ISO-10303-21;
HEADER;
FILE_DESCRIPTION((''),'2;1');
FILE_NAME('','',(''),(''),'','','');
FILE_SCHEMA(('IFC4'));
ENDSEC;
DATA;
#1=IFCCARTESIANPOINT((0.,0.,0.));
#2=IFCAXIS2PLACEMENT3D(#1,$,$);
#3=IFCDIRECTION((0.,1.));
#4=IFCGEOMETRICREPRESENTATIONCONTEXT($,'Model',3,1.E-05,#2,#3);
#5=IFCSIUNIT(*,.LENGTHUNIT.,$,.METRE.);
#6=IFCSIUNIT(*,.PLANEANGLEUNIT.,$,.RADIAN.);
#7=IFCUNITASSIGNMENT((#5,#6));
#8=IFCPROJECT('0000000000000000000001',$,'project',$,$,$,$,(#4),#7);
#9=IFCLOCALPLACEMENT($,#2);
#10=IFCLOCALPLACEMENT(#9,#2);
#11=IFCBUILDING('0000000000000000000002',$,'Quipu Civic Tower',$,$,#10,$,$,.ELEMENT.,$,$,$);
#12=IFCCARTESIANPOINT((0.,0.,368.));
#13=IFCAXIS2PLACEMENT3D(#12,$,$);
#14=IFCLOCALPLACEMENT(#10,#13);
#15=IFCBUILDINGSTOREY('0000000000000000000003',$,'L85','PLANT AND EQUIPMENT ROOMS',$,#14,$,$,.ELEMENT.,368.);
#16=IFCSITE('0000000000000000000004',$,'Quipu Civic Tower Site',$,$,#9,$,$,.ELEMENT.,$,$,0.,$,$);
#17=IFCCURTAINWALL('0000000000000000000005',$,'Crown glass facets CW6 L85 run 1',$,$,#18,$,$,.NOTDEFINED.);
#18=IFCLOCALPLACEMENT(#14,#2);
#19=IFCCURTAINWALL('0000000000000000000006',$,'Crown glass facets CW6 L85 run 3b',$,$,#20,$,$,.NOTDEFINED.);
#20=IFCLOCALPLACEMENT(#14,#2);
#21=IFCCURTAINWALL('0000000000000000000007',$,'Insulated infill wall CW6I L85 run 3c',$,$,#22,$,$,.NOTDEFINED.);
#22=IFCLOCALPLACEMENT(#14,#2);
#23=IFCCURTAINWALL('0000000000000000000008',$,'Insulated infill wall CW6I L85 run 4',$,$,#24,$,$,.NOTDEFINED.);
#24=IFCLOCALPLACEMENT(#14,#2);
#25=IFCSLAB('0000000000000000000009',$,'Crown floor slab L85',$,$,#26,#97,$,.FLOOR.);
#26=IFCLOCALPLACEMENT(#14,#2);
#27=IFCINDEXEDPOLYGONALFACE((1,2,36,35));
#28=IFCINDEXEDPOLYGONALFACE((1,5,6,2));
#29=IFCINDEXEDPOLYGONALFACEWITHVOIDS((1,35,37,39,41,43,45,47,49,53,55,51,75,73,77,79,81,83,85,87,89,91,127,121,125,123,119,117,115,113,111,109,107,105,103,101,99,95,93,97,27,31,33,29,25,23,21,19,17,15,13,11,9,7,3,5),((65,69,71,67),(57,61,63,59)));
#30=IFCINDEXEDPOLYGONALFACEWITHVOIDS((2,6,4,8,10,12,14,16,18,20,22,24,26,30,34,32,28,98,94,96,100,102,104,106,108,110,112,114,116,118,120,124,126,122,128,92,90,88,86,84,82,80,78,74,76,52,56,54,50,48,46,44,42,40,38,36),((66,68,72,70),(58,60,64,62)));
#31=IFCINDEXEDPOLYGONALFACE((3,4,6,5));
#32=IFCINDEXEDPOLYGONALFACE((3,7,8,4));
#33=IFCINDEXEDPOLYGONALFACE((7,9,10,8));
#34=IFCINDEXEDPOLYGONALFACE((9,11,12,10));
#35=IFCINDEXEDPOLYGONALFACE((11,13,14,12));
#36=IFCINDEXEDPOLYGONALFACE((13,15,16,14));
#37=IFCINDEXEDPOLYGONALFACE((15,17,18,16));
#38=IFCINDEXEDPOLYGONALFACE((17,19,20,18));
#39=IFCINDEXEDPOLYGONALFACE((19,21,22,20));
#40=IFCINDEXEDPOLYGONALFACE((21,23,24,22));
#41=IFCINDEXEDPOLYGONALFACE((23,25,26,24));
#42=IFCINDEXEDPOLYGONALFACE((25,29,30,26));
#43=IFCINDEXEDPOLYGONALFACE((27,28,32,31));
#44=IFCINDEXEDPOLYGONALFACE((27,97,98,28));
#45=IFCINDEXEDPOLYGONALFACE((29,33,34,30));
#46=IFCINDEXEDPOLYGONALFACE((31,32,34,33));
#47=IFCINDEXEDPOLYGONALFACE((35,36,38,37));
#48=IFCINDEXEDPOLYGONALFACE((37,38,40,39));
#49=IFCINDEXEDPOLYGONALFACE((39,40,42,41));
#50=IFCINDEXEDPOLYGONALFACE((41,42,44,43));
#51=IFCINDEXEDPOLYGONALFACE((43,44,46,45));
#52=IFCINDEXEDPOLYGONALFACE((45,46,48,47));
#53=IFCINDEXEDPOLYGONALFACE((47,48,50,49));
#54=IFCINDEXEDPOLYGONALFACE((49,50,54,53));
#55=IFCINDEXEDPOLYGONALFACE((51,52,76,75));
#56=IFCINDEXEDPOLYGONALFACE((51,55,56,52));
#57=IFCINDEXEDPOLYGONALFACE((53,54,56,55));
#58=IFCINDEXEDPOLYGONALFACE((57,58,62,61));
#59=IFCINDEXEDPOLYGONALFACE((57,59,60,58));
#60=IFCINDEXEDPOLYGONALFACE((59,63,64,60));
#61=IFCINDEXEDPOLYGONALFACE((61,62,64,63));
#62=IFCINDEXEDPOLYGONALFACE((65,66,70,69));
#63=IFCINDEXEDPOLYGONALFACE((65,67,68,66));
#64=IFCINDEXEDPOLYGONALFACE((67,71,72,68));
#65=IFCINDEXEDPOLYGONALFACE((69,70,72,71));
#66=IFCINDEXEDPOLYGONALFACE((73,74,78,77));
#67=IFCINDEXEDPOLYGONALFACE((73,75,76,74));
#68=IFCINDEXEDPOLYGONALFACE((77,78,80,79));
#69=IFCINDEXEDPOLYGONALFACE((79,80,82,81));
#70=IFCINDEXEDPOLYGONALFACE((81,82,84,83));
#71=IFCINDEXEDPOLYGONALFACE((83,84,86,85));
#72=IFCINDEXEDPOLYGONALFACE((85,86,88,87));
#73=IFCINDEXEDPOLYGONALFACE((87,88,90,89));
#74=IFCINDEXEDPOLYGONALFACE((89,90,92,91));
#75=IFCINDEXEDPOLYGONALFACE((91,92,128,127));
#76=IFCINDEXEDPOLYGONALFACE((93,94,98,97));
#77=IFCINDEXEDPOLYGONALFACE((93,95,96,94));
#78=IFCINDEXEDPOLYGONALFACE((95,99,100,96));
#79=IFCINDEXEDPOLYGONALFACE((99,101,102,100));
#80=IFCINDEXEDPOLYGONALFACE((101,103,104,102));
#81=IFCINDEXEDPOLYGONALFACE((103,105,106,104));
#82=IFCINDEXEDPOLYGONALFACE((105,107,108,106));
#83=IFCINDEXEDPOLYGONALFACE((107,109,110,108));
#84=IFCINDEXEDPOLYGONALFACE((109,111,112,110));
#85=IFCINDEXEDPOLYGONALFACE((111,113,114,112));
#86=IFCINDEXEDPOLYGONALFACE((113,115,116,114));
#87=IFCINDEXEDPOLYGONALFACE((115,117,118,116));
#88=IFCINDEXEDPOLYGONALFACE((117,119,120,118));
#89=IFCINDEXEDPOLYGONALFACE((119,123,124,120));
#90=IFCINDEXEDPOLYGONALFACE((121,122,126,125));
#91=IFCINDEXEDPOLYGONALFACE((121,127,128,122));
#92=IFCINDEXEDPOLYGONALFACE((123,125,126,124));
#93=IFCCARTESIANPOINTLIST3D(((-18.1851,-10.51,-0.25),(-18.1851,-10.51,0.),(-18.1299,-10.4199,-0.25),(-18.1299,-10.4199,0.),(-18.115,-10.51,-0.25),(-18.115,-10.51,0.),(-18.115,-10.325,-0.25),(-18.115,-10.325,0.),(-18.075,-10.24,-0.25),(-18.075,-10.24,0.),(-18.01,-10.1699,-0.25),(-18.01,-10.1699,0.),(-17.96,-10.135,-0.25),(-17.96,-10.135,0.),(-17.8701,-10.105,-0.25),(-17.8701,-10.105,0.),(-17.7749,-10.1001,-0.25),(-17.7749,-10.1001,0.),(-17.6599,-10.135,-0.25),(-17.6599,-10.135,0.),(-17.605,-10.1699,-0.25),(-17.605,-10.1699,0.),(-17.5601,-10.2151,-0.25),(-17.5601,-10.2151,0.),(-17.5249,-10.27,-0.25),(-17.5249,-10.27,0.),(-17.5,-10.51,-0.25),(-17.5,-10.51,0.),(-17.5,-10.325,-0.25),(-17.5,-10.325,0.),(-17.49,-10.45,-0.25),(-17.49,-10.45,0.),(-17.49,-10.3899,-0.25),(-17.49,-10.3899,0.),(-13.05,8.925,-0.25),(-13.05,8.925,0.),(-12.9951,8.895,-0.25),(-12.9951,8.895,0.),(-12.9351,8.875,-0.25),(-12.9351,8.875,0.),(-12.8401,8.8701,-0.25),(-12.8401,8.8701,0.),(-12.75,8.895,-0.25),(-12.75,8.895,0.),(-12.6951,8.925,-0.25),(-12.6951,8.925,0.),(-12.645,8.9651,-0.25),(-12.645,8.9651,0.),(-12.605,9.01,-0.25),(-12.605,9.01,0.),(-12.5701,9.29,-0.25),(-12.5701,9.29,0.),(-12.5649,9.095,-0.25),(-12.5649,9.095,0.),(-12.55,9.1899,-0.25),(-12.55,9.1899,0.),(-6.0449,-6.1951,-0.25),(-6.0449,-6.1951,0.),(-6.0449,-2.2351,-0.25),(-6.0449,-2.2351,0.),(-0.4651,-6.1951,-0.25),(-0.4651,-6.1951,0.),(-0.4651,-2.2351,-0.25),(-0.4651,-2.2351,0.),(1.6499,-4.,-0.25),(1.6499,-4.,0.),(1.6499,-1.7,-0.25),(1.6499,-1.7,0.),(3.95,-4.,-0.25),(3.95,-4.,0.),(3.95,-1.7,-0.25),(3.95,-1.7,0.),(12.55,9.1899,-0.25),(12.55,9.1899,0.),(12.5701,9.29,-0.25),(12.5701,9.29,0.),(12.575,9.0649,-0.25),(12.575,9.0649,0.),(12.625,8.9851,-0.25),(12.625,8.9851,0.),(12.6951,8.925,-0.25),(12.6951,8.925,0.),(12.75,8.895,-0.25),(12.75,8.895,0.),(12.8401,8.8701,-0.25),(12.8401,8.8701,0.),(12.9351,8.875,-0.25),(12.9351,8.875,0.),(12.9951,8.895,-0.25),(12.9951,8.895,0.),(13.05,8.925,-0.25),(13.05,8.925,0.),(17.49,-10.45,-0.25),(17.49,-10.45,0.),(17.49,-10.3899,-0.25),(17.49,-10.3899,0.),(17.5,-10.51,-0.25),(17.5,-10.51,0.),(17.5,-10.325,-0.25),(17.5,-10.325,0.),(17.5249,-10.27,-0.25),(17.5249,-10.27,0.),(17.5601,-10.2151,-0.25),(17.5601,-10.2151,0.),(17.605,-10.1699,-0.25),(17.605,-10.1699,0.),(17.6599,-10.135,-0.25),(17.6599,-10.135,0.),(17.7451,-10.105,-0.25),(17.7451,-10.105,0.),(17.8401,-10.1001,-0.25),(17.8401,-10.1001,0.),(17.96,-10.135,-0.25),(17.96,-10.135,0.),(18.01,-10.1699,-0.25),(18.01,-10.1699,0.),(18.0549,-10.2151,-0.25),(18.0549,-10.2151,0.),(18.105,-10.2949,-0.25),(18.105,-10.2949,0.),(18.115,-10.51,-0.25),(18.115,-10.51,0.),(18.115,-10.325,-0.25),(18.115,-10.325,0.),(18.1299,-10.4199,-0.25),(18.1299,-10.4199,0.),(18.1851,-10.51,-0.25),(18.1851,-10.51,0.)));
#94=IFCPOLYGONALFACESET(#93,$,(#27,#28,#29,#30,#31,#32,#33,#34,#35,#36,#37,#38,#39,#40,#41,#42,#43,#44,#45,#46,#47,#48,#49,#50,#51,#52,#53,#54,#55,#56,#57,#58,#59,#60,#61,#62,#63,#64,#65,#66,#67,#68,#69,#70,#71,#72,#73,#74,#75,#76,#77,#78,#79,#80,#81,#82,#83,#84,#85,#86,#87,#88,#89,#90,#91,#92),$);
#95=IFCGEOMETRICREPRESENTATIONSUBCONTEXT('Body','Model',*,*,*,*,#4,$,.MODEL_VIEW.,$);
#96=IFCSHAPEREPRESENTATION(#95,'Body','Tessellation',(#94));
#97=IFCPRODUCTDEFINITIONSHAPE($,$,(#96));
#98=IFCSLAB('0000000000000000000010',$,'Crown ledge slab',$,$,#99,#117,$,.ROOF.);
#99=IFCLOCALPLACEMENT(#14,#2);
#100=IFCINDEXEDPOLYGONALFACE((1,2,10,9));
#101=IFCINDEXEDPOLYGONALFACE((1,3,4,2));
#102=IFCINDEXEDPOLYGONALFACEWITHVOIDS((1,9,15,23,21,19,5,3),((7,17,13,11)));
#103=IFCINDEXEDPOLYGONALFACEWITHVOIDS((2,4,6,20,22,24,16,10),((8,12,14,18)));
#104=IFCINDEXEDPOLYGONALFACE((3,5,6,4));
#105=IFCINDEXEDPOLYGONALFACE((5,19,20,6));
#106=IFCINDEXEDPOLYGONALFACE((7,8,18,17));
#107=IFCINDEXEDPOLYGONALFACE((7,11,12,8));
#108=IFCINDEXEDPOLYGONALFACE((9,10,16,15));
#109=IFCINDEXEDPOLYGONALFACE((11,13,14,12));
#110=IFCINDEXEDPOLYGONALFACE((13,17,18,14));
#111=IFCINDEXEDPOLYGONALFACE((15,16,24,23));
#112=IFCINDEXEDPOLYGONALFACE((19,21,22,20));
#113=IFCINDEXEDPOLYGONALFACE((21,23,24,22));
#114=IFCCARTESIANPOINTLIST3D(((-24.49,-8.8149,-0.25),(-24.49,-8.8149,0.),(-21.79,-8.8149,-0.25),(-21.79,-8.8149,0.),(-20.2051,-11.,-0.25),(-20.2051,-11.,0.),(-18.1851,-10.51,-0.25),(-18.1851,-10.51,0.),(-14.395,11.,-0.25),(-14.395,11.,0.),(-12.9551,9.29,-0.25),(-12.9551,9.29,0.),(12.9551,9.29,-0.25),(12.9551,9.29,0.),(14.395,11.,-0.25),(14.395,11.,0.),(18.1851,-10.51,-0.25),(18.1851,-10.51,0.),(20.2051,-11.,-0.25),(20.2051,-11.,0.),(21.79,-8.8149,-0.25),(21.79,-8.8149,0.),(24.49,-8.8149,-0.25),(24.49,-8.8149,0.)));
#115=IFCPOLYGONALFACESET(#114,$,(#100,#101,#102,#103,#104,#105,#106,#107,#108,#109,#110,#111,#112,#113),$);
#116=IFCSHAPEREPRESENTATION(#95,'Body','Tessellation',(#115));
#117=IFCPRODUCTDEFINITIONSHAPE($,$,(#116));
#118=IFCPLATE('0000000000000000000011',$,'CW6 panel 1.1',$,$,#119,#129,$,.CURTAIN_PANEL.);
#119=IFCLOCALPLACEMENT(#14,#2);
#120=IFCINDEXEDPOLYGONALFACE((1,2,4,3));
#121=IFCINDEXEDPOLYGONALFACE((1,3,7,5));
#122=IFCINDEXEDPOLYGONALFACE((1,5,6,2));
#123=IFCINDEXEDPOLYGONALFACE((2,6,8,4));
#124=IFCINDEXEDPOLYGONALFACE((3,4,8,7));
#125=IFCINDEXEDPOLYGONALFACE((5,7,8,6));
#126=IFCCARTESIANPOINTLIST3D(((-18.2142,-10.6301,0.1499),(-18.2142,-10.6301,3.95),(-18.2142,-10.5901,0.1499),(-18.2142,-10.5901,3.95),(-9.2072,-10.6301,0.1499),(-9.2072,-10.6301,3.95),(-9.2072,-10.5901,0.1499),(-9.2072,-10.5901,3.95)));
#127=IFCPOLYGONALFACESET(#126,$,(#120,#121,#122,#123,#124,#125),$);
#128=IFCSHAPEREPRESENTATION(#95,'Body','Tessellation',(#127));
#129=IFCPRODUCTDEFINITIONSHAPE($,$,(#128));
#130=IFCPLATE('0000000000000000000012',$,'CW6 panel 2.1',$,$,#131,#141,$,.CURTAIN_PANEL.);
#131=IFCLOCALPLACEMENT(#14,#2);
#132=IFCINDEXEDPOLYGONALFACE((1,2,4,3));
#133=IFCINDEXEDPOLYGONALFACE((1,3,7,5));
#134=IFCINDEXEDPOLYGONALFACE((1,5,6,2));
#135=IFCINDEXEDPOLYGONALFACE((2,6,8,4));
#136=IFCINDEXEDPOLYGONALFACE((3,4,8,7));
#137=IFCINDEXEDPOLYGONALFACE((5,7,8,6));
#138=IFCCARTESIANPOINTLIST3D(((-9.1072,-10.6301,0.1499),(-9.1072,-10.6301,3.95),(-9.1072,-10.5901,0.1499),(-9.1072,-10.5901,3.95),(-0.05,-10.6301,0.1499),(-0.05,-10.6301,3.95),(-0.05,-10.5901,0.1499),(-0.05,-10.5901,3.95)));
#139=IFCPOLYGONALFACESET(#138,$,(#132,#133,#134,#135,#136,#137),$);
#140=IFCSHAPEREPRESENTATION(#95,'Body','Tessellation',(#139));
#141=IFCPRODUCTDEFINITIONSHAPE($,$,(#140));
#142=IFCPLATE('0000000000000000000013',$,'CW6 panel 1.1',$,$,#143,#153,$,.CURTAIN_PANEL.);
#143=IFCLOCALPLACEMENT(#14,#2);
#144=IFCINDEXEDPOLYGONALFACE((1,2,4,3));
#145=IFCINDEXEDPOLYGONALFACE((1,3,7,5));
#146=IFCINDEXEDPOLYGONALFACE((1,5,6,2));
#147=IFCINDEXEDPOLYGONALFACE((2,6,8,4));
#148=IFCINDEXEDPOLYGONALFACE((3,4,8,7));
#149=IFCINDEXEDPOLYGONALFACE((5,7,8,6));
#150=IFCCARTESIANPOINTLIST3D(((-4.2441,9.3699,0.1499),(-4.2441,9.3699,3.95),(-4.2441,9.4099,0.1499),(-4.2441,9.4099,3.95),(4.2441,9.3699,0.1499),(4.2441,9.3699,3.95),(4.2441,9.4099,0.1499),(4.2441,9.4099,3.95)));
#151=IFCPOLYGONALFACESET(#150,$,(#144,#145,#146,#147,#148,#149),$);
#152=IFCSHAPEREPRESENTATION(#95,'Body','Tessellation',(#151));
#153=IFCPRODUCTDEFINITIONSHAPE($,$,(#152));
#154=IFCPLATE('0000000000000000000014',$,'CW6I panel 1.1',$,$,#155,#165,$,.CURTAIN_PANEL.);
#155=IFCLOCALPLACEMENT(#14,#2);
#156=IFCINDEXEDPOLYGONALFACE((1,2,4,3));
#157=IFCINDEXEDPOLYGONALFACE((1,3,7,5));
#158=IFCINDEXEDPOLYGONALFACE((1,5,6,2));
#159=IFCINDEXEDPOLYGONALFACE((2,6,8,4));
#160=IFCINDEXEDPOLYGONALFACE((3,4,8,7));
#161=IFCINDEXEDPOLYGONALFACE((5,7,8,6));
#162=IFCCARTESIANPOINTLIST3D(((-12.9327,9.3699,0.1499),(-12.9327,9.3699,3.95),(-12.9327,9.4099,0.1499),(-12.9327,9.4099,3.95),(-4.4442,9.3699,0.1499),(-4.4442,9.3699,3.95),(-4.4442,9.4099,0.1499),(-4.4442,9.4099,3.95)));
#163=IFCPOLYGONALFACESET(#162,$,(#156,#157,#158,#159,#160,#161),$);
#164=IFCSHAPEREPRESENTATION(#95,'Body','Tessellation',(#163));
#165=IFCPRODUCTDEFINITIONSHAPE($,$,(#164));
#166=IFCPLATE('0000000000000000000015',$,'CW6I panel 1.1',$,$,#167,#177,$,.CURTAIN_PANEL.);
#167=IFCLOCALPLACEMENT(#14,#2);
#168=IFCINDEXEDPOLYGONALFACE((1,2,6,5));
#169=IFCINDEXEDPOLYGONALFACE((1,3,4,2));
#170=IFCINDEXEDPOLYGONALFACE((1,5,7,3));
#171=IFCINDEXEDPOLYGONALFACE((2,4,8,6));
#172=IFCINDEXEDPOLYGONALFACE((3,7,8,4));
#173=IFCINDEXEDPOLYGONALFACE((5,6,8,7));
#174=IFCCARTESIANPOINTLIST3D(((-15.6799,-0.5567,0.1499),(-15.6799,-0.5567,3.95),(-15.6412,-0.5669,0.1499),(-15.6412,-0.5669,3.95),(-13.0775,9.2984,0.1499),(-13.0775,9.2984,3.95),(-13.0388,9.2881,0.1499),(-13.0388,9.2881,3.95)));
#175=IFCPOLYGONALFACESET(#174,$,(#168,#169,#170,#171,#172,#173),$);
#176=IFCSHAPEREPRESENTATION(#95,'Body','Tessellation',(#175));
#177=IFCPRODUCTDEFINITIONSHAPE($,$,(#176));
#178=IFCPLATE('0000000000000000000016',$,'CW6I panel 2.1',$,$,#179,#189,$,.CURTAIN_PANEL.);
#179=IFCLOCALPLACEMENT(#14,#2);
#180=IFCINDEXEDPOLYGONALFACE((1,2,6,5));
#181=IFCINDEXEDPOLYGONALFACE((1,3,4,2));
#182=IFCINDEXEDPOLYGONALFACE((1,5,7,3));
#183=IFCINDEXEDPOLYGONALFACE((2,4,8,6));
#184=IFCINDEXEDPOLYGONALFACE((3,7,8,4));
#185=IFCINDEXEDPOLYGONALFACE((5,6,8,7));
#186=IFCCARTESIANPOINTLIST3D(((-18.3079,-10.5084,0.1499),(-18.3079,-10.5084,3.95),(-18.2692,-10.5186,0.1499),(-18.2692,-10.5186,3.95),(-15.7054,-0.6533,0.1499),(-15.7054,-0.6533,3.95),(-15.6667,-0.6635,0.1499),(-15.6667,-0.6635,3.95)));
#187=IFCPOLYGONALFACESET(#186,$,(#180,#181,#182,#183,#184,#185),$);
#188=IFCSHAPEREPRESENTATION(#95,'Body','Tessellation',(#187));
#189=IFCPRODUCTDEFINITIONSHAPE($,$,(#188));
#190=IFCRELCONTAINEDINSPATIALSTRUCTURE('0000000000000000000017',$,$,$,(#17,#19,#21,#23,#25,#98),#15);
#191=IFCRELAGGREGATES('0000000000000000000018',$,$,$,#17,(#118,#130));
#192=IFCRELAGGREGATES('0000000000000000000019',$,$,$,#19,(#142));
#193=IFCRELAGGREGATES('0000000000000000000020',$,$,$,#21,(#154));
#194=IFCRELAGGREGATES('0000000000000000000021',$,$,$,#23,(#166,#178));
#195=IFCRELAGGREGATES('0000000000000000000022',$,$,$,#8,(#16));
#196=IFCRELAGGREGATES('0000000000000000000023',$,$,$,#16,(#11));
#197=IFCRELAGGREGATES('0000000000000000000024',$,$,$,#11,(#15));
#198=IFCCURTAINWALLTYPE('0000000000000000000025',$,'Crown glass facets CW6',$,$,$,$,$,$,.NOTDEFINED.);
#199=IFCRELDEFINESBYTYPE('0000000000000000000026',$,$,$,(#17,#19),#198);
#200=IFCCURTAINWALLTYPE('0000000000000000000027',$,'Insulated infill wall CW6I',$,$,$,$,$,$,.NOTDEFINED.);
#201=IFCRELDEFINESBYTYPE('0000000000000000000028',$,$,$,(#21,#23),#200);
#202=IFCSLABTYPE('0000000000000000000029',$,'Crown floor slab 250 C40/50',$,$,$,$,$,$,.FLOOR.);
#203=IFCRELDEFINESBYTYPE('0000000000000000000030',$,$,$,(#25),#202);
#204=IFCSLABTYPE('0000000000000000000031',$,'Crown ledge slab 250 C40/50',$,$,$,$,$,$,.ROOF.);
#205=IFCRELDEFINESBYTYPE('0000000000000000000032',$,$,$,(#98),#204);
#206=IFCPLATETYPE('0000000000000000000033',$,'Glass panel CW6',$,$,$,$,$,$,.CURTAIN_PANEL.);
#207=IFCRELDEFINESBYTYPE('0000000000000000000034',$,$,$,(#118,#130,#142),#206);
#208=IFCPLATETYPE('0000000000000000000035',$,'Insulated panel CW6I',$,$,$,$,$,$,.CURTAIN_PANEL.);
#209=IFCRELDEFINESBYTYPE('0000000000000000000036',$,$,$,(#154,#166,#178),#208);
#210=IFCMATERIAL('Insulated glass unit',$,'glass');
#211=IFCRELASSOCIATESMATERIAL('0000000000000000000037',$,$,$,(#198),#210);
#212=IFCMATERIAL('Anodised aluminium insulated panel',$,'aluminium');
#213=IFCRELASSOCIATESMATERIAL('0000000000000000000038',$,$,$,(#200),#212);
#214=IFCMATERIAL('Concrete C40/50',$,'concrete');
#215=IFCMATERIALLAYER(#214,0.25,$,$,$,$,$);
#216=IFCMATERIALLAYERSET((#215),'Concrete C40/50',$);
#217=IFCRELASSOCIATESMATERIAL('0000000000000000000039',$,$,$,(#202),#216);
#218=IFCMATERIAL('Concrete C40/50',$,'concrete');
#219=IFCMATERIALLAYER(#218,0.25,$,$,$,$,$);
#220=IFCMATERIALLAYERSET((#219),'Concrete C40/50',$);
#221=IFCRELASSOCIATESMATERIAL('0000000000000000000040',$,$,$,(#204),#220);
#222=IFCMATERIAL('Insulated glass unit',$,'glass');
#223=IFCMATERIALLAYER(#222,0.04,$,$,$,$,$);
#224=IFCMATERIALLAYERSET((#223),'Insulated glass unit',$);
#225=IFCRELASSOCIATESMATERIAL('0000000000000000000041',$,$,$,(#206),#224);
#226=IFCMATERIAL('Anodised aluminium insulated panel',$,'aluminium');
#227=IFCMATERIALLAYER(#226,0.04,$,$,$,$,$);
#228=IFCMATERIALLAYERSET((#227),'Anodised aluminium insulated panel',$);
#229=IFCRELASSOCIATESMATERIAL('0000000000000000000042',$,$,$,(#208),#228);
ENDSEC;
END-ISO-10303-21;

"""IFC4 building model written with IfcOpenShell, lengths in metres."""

from ifc_helpers import new_model, si_unit, direction, frame, origin, origin_2d, place, context, subcontext, project, spatial, polyline, rectangle, outline, extrude, material, layer, layer_set, type_object, element, aggregate, save


model = new_model("IFC4")

# Units and contexts
model_context = context("Model", 3, precision=1e-05, world=origin(), true_north=direction((0.0, 1.0)))
body_context = subcontext(model_context, "Body", "Model", "MODEL_VIEW")
ifc_project = project(units=[si_unit("LENGTHUNIT", "METRE"), si_unit("PLANEANGLEUNIT", "RADIAN")], contexts=[model_context])

# Site, building, storey
site_placement = place(None, origin())
site = spatial("IfcSite", under=ifc_project, at=site_placement, Name="Quipu Civic Tower Site", CompositionType="ELEMENT", RefElevation=0.0)
building_placement = place(site_placement, origin())
building = spatial("IfcBuilding", under=site, at=building_placement, Name="Quipu Civic Tower", CompositionType="ELEMENT")
storey_placement = place(building_placement, frame((0.0, 0.0, 368.0)))
storey = spatial("IfcBuildingStorey", under=building, at=storey_placement, Name="L85", Description="PLANT AND EQUIPMENT ROOMS", CompositionType="ELEMENT", Elevation=368.0)

# Curtain wall
ifc_material_1 = material(Name="Insulated glass unit", Category="glass")
curtain_wall_type_1 = type_object("IfcCurtainWallType", Name="Crown glass facets CW6", PredefinedType="NOTDEFINED", material=ifc_material_1)
curtain_wall_1_placement = place(storey_placement, origin())
curtain_wall_1 = element("IfcCurtainWall", 1, at=curtain_wall_1_placement, inside=storey, type_object=curtain_wall_type_1, Name="Crown glass facets CW6 L85 run 1", PredefinedType="NOTDEFINED")

# Curtain wall
curtain_wall_2_placement = place(storey_placement, origin())
curtain_wall_2 = element("IfcCurtainWall", 2, at=curtain_wall_2_placement, inside=storey, type_object=curtain_wall_type_1, Name="Crown glass facets CW6 L85 run 3b", PredefinedType="NOTDEFINED")

# Curtain walls
ifc_material_2 = material(Name="Anodised aluminium insulated panel", Category="aluminium")
curtain_wall_type_2 = type_object("IfcCurtainWallType", Name="Insulated infill wall CW6I", PredefinedType="NOTDEFINED", material=ifc_material_2)
curtain_wall_3_placement = place(storey_placement, origin())
curtain_wall_3 = element("IfcCurtainWall", 3, at=curtain_wall_3_placement, inside=storey, type_object=curtain_wall_type_2, Name="Insulated infill wall CW6I L85 run 3c", PredefinedType="NOTDEFINED")
curtain_wall_4_placement = place(storey_placement, origin())
curtain_wall_4 = element("IfcCurtainWall", 4, at=curtain_wall_4_placement, inside=storey, type_object=curtain_wall_type_2, Name="Insulated infill wall CW6I L85 run 4", PredefinedType="NOTDEFINED")

# Slabs
ifc_material_3 = material(Name="Concrete C40/50", Category="concrete")
ifc_layer_1 = layer(ifc_material_3, 0.25)
ifc_layer_set_1 = layer_set([ifc_layer_1], Name="Concrete C40/50")
slab_type_1 = type_object("IfcSlabType", Name="Crown floor slab 250 C40/50", PredefinedType="FLOOR", material=ifc_layer_set_1)
slab_1_placement = place(storey_placement, frame((0.0, 0.0, -0.25)))
element("IfcSlab", 5, at=slab_1_placement, inside=storey, type_object=slab_type_1, Name="Crown floor slab L85", PredefinedType="FLOOR", context=body_context, shape_type="SweptSolid", body=[
    extrude(outline(polyline([(-13.05, 8.925), (-12.9951, 8.895), (-12.9351, 8.875), (-12.8401, 8.8701), (-12.75, 8.895), (-12.6951, 8.925), (-12.645, 8.9651), (-12.605, 9.01), (-12.5649, 9.095), (-12.55, 9.1899), (-12.5701, 9.29), (12.5701, 9.29), (12.55, 9.1899), (12.575, 9.0649), (12.625, 8.9851), (12.6951, 8.925), (12.75, 8.895), (12.8401, 8.8701), (12.9351, 8.875), (12.9951, 8.895), (13.05, 8.925), (18.1851, -10.51), (18.115, -10.51), (18.1299, -10.4199), (18.115, -10.325), (18.105, -10.2949), (18.0549, -10.2151), (18.01, -10.1699), (17.96, -10.135), (17.8401, -10.1001), (17.7451, -10.105), (17.6599, -10.135), (17.605, -10.1699), (17.5601, -10.2151), (17.5249, -10.27), (17.5, -10.325), (17.49, -10.3899), (17.49, -10.45), (17.5, -10.51), (-17.5, -10.51), (-17.49, -10.45), (-17.49, -10.3899), (-17.5, -10.325), (-17.5249, -10.27), (-17.5601, -10.2151), (-17.605, -10.1699), (-17.6599, -10.135), (-17.7749, -10.1001), (-17.8701, -10.105), (-17.96, -10.135), (-18.01, -10.1699), (-18.075, -10.24), (-18.115, -10.325), (-18.1299, -10.4199), (-18.115, -10.51), (-18.1851, -10.51), (-13.05, 8.925)]), holes=[polyline([(-6.0449, -2.2351), (-6.0449, -6.1951), (-0.4651, -6.1951), (-0.4651, -2.2351), (-6.0449, -2.2351)]), polyline([(3.95, -1.7), (1.6499, -1.7), (1.6499, -4.0), (3.95, -4.0), (3.95, -1.7)])]), origin(), (0.0, 0.0, 1.0), 0.25),
])
ifc_material_4 = material(Name="Concrete C40/50", Category="concrete")
ifc_layer_2 = layer(ifc_material_4, 0.25)
ifc_layer_set_2 = layer_set([ifc_layer_2], Name="Concrete C40/50")
slab_type_2 = type_object("IfcSlabType", Name="Crown ledge slab 250 C40/50", PredefinedType="ROOF", material=ifc_layer_set_2)
slab_2_placement = place(storey_placement, frame((0.0, 0.0, -0.25)))
element("IfcSlab", 6, at=slab_2_placement, inside=storey, type_object=slab_type_2, Name="Crown ledge slab", PredefinedType="ROOF", context=body_context, shape_type="SweptSolid", body=[
    extrude(outline(polyline([(24.49, -8.8149), (21.79, -8.8149), (20.2051, -11.0), (-20.2051, -11.0), (-21.79, -8.8149), (-24.49, -8.8149), (-14.395, 11.0), (14.395, 11.0), (24.49, -8.8149)]), holes=[polyline([(12.9551, 9.29), (-12.9551, 9.29), (-18.1851, -10.51), (18.1851, -10.51), (12.9551, 9.29)])]), origin(), (0.0, 0.0, 1.0), 0.25),
])

# Plates
ifc_material_5 = material(Name="Insulated glass unit", Category="glass")
ifc_layer_3 = layer(ifc_material_5, 0.04)
ifc_layer_set_3 = layer_set([ifc_layer_3], Name="Insulated glass unit")
plate_type_1 = type_object("IfcPlateType", Name="Glass panel CW6", PredefinedType="CURTAIN_PANEL", material=ifc_layer_set_3)
plate_1_placement = place(storey_placement, frame((-13.7107, -10.6101, 0.1499), z_axis=(0.0, 0.0, 1.0), x_axis=(1.0, 0.0, 0.0)))
plate_1 = element("IfcPlate", 7, at=plate_1_placement, type_object=plate_type_1, Name="CW6 panel 1.1", PredefinedType="CURTAIN_PANEL", context=body_context, shape_type="SweptSolid", body=[
    extrude(rectangle(XDim=9.0071, YDim=0.04, at=origin_2d()), origin(), (0.0, 0.0, 1.0), 3.8),
])
plate_2_placement = place(storey_placement, frame((-4.5786, -10.6101, 0.1499), z_axis=(0.0, 0.0, 1.0), x_axis=(1.0, 0.0, 0.0)))
plate_2 = element("IfcPlate", 8, at=plate_2_placement, type_object=plate_type_1, Name="CW6 panel 2.1", PredefinedType="CURTAIN_PANEL", context=body_context, shape_type="SweptSolid", body=[
    extrude(rectangle(XDim=9.0571, YDim=0.04, at=origin_2d()), origin(), (0.0, 0.0, 1.0), 3.8),
])
aggregate(curtain_wall_1, [plate_1, plate_2])
plate_3_placement = place(storey_placement, frame((0.0, 9.3899, 0.1499), z_axis=(0.0, 0.0, 1.0), x_axis=(-1.0, 0.0, 0.0)))
plate_3 = element("IfcPlate", 9, at=plate_3_placement, type_object=plate_type_1, Name="CW6 panel 1.1", PredefinedType="CURTAIN_PANEL", context=body_context, shape_type="SweptSolid", body=[
    extrude(rectangle(XDim=8.4883, YDim=0.04, at=origin_2d()), origin(), (0.0, 0.0, 1.0), 3.8),
])
aggregate(curtain_wall_2, [plate_3])
ifc_material_6 = material(Name="Anodised aluminium insulated panel", Category="aluminium")
ifc_layer_4 = layer(ifc_material_6, 0.04)
ifc_layer_set_4 = layer_set([ifc_layer_4], Name="Anodised aluminium insulated panel")
plate_type_2 = type_object("IfcPlateType", Name="Insulated panel CW6I", PredefinedType="CURTAIN_PANEL", material=ifc_layer_set_4)
plate_4_placement = place(storey_placement, frame((-8.6885, 9.3899, 0.1499), z_axis=(0.0, 0.0, 1.0), x_axis=(-1.0, 0.0, 0.0)))
plate_4 = element("IfcPlate", 10, at=plate_4_placement, type_object=plate_type_2, Name="CW6I panel 1.1", PredefinedType="CURTAIN_PANEL", context=body_context, shape_type="SweptSolid", body=[
    extrude(rectangle(XDim=8.4885, YDim=0.04, at=origin_2d()), origin(), (0.0, 0.0, 1.0), 3.8),
])
aggregate(curtain_wall_3, [plate_4])
plate_5_placement = place(storey_placement, frame((-14.3594, 4.3657, 0.1499), z_axis=(0.0, 0.0, 1.0), x_axis=(-0.255318, -0.966857, 0.0)))
plate_5 = element("IfcPlate", 11, at=plate_5_placement, type_object=plate_type_2, Name="CW6I panel 1.1", PredefinedType="CURTAIN_PANEL", context=body_context, shape_type="SweptSolid", body=[
    extrude(rectangle(XDim=10.1929, YDim=0.04, at=origin_2d()), origin(), (0.0, 0.0, 1.0), 3.8),
])
plate_6_placement = place(storey_placement, frame((-16.9873, -5.5859, 0.1499), z_axis=(0.0, 0.0, 1.0), x_axis=(-0.255318, -0.966857, 0.0)))
plate_6 = element("IfcPlate", 12, at=plate_6_placement, type_object=plate_type_2, Name="CW6I panel 2.1", PredefinedType="CURTAIN_PANEL", context=body_context, shape_type="SweptSolid", body=[
    extrude(rectangle(XDim=10.1929, YDim=0.04, at=origin_2d()), origin(), (0.0, 0.0, 1.0), 3.8),
])
aggregate(curtain_wall_4, [plate_5, plate_6])

save(model, "model.ifc")
